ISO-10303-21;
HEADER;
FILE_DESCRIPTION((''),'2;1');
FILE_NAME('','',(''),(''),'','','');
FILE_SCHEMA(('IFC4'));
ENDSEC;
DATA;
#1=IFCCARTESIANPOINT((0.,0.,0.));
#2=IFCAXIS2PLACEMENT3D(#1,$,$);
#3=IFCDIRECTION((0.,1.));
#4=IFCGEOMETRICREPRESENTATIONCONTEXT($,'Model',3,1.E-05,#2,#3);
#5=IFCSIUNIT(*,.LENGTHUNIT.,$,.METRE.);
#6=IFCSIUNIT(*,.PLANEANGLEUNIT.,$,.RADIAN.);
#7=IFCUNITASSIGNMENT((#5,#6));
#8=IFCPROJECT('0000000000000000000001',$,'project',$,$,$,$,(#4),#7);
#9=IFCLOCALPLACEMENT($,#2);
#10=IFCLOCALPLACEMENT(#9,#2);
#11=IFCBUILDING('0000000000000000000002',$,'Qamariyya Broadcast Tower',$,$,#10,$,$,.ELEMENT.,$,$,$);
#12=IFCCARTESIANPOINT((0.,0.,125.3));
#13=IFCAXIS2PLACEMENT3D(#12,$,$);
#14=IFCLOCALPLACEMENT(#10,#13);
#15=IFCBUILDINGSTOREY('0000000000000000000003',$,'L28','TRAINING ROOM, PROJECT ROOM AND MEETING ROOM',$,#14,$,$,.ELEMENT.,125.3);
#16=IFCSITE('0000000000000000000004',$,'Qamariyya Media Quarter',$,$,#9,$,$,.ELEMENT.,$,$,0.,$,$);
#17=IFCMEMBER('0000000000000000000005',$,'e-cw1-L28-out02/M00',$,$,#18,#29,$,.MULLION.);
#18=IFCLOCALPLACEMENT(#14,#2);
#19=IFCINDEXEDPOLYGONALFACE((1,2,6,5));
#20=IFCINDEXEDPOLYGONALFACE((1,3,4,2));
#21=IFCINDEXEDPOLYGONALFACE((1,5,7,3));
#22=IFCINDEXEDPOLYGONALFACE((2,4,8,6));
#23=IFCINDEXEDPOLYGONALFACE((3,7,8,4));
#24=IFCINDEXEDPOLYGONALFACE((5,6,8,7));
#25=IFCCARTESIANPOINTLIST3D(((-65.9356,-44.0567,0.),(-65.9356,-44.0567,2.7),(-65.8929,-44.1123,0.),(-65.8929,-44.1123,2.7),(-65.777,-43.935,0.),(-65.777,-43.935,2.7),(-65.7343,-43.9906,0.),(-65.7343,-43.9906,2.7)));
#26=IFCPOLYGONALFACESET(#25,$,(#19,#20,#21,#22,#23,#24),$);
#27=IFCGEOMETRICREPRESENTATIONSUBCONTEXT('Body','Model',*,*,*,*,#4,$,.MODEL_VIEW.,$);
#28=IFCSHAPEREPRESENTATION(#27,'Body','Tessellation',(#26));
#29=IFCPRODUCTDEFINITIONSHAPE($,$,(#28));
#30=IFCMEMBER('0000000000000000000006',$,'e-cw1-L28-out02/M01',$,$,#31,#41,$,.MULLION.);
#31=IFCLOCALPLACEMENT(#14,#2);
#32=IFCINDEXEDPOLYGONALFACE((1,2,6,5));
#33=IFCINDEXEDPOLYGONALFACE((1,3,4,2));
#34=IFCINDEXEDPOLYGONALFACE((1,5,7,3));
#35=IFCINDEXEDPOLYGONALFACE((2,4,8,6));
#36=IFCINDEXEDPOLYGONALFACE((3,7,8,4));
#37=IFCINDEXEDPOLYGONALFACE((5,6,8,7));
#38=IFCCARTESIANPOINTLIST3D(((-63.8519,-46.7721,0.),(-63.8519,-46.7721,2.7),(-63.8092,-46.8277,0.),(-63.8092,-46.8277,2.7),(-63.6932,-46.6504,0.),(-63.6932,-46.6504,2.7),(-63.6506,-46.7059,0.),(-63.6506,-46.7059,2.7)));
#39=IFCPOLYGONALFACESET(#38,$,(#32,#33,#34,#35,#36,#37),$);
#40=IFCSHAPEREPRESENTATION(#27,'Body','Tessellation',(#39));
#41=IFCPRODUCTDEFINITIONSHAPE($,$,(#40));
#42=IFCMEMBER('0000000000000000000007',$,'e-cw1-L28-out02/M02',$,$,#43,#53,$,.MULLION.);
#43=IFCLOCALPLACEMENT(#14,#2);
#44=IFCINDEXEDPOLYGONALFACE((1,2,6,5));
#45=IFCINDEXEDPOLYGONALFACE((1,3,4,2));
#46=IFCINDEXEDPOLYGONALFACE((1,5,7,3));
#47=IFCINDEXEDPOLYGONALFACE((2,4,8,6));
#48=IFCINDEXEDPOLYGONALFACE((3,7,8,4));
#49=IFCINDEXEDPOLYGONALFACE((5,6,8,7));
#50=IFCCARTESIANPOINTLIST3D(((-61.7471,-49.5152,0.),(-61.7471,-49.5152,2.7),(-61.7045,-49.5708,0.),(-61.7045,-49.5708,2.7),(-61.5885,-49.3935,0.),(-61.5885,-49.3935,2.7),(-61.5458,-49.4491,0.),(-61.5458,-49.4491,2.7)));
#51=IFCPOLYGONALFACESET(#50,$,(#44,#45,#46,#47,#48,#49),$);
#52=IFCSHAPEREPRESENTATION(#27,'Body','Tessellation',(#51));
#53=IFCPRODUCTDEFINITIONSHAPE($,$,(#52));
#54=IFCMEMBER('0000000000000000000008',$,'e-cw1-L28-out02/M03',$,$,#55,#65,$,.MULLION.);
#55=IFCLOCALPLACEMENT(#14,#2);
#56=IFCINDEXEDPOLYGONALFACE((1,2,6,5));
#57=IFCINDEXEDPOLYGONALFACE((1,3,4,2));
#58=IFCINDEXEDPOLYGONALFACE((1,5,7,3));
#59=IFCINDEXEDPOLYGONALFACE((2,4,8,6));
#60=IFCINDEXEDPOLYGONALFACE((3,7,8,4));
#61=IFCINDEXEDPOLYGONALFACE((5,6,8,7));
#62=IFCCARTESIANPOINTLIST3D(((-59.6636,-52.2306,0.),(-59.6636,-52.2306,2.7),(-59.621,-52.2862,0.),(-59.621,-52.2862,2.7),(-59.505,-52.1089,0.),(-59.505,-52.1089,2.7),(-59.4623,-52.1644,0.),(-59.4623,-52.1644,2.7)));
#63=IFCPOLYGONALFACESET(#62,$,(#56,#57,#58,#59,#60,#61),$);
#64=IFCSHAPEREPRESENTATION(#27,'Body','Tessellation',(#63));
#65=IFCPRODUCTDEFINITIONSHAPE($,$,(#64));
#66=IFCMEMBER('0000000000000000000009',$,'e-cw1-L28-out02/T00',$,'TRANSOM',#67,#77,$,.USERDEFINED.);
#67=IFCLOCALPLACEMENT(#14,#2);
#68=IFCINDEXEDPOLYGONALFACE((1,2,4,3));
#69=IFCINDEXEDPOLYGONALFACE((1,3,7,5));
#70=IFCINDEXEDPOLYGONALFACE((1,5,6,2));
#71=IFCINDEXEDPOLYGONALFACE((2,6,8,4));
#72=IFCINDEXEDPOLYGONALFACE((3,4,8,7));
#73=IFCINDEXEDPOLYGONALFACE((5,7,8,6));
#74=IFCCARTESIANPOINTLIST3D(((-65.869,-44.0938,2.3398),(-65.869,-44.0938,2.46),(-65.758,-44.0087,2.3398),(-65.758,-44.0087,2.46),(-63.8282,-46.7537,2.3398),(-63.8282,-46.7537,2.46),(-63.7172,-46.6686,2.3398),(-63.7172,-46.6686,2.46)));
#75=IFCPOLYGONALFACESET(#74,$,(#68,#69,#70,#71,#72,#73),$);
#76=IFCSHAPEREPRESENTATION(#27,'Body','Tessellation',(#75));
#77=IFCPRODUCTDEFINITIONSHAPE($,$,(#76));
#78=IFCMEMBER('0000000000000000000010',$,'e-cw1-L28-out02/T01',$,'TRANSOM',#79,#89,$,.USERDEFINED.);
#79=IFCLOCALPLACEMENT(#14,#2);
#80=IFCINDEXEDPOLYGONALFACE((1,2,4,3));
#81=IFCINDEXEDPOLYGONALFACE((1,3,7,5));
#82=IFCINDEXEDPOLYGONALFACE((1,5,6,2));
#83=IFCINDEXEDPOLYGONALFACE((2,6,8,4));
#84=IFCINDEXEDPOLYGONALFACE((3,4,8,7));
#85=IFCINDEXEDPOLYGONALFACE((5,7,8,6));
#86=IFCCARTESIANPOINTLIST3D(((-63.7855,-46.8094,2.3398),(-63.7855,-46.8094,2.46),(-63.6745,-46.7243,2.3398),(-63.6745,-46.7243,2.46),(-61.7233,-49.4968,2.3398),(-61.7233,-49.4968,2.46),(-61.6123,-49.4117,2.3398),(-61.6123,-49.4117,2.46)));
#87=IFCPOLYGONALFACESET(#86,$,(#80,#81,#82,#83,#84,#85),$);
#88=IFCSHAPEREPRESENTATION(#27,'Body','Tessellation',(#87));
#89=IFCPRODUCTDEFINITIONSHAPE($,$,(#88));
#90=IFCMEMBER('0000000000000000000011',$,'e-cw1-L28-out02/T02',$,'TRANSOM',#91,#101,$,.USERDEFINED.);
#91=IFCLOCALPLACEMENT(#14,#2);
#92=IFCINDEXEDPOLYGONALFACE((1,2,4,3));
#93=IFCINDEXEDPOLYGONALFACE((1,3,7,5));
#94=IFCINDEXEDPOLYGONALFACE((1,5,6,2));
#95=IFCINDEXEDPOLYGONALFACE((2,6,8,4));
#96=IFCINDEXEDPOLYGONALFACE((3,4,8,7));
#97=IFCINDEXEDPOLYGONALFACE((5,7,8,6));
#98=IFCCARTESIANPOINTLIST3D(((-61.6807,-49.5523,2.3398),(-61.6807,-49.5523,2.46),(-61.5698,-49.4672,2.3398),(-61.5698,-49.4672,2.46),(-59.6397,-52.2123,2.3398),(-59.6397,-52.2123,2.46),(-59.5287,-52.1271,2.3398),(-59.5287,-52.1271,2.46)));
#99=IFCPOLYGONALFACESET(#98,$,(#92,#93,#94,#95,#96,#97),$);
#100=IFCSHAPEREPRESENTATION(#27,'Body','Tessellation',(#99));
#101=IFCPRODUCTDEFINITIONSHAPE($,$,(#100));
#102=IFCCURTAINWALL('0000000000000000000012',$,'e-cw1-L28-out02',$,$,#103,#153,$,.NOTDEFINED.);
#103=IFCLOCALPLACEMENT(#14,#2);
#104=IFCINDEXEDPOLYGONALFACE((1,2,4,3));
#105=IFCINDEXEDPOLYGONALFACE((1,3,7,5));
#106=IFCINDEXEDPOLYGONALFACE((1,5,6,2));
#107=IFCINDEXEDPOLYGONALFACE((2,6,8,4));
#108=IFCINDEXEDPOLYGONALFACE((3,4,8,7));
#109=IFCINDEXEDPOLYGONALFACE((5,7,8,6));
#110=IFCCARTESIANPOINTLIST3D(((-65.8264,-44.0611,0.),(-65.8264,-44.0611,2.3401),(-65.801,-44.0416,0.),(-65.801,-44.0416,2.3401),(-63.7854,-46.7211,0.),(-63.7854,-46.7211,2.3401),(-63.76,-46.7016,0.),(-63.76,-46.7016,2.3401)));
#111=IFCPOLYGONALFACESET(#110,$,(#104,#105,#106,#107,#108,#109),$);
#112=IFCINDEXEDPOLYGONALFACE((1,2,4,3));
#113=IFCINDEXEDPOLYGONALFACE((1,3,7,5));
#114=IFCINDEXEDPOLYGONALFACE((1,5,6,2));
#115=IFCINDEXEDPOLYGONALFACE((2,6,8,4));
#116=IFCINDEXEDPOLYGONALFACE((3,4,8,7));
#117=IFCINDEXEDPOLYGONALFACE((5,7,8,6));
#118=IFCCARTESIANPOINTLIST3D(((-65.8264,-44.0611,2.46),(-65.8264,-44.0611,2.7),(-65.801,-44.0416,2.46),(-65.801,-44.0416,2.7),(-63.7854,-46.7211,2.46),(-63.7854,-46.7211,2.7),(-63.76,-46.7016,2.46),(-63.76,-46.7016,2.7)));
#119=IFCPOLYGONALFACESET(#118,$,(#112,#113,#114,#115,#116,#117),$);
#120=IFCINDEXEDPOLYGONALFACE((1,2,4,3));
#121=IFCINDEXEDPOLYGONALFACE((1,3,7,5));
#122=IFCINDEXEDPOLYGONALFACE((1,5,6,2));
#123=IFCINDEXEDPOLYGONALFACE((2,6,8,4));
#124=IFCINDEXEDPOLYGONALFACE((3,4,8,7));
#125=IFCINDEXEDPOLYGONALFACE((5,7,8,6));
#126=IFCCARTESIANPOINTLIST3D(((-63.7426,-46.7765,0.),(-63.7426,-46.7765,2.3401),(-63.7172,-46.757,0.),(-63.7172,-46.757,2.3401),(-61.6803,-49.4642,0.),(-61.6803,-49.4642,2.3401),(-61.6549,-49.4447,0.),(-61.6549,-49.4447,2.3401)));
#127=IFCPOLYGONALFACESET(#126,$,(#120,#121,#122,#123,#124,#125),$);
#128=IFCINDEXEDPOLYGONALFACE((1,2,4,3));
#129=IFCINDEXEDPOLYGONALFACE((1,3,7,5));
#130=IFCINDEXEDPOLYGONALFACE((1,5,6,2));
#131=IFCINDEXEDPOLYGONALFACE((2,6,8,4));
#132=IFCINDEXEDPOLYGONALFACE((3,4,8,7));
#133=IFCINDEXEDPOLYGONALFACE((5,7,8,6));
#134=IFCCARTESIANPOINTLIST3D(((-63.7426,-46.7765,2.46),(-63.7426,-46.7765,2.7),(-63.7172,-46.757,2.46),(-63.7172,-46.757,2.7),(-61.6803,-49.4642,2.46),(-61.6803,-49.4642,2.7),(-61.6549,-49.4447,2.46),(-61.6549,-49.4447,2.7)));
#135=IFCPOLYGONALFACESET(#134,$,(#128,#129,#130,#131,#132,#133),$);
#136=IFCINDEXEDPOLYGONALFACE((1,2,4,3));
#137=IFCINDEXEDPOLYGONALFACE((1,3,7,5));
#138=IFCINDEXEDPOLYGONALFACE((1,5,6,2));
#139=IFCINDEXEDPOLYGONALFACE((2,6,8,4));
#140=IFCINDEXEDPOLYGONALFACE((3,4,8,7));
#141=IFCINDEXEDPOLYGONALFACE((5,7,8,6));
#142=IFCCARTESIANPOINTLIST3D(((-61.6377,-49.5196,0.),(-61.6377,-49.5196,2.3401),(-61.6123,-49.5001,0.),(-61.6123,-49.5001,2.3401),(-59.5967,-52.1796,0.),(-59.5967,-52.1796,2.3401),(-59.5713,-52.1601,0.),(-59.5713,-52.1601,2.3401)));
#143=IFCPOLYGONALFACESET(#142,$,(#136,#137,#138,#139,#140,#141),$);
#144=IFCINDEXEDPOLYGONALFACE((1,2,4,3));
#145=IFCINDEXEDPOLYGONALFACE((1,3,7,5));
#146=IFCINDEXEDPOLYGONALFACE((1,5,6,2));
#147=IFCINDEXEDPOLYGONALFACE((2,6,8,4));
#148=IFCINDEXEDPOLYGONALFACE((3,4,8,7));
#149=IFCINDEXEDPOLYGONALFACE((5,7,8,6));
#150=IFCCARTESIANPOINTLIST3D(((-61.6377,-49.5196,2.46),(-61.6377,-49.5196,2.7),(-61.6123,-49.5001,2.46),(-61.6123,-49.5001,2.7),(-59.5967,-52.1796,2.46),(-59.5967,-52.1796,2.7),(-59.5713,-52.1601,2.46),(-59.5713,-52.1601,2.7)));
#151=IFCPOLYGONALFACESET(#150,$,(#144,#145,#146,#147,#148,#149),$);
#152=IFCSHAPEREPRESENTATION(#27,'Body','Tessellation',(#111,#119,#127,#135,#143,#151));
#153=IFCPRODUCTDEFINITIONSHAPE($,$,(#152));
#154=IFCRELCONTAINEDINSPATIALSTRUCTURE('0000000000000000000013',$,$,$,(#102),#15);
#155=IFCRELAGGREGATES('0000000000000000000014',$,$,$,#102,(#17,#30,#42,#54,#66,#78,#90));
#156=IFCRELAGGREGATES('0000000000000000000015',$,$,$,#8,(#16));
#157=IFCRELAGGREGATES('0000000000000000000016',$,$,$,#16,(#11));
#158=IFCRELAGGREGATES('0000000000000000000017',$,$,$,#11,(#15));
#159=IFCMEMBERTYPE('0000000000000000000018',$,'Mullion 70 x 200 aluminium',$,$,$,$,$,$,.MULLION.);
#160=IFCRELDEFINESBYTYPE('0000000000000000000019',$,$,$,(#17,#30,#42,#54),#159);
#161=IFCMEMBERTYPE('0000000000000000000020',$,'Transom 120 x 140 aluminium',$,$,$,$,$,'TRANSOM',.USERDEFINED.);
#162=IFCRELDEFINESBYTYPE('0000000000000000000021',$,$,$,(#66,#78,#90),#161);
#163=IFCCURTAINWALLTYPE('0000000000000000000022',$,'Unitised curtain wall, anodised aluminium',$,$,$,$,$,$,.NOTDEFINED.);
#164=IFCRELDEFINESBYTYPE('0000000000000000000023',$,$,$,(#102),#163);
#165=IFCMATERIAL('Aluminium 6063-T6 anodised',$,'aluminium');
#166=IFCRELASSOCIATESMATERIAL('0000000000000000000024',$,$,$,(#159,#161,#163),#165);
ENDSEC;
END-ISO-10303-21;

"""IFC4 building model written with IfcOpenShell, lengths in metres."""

from ifc_helpers import new_model, si_unit, direction, frame, origin, origin_2d, place, context, subcontext, project, spatial, rectangle, extrude, material, material_profile, profile_set, type_object, element, aggregate, save


model = new_model("IFC4")

# Units and contexts
model_context = context("Model", 3, precision=1e-05, world=origin(), true_north=direction((0.0, 1.0)))
body_context = subcontext(model_context, "Body", "Model", "MODEL_VIEW")
ifc_project = project(units=[si_unit("LENGTHUNIT", "METRE"), si_unit("PLANEANGLEUNIT", "RADIAN")], contexts=[model_context])

# Members
ifc_material = material(Name="Aluminium 6063-T6 anodised", Category="aluminium")
ifc_material_profile_1 = material_profile(ifc_material, rectangle(XDim=0.2, YDim=0.0701, at=origin_2d()))
ifc_profile_set_1 = profile_set([ifc_material_profile_1], Name="Aluminium 6063-T6 anodised")
member_type_1 = type_object("IfcMemberType", Name="Mullion 70 x 200 aluminium", PredefinedType="MULLION", material=ifc_profile_set_1)
site_placement = place(None, origin())
building_placement = place(site_placement, origin())
storey_placement = place(building_placement, frame((0.0, 0.0, 125.3)))
member_1_placement = place(storey_placement, frame((-65.835, -44.0237, 0.0), z_axis=(0.0, 0.0, 1.0), x_axis=(0.793353, 0.608761, 0.0)))
member_1 = element("IfcMember", 1, at=member_1_placement, type_object=member_type_1, Name="e-cw1-L28-out02/M00", PredefinedType="MULLION", context=body_context, shape_type="SweptSolid", body=[
    extrude(rectangle(XDim=0.2, YDim=0.0701, at=origin_2d()), origin(), (0.0, 0.0, 1.0), 2.7),
])
member_2_placement = place(storey_placement, frame((-63.7512, -46.739, 0.0), z_axis=(0.0, 0.0, 1.0), x_axis=(0.793353, 0.608761, 0.0)))
member_2 = element("IfcMember", 2, at=member_2_placement, type_object=member_type_1, Name="e-cw1-L28-out02/M01", PredefinedType="MULLION", context=body_context, shape_type="SweptSolid", body=[
    extrude(rectangle(XDim=0.2, YDim=0.0701, at=origin_2d()), origin(), (0.0, 0.0, 1.0), 2.7),
])
member_3_placement = place(storey_placement, frame((-61.6465, -49.4822, 0.0), z_axis=(0.0, 0.0, 1.0), x_axis=(0.793353, 0.608761, 0.0)))
member_3 = element("IfcMember", 3, at=member_3_placement, type_object=member_type_1, Name="e-cw1-L28-out02/M02", PredefinedType="MULLION", context=body_context, shape_type="SweptSolid", body=[
    extrude(rectangle(XDim=0.2, YDim=0.0701, at=origin_2d()), origin(), (0.0, 0.0, 1.0), 2.7),
])
member_4_placement = place(storey_placement, frame((-59.563, -52.1975, 0.0), z_axis=(0.0, 0.0, 1.0), x_axis=(0.793353, 0.608761, 0.0)))
member_4 = element("IfcMember", 4, at=member_4_placement, type_object=member_type_1, Name="e-cw1-L28-out02/M03", PredefinedType="MULLION", context=body_context, shape_type="SweptSolid", body=[
    extrude(rectangle(XDim=0.2, YDim=0.0701, at=origin_2d()), origin(), (0.0, 0.0, 1.0), 2.7),
])
ifc_material_profile_2 = material_profile(ifc_material, rectangle(XDim=0.1399, YDim=0.1201, at=origin_2d()))
ifc_profile_set_2 = profile_set([ifc_material_profile_2], Name="Aluminium 6063-T6 anodised")
member_type_2 = type_object("IfcMemberType", Name="Transom 120 x 140 aluminium", ElementType="TRANSOM", PredefinedType="USERDEFINED", material=ifc_profile_set_2)
member_5_placement = place(storey_placement, frame((-65.8135, -44.0513, 2.3999), z_axis=(0.608714, -0.793389, 0.0), x_axis=(0.793389, 0.608714, 0.0)))
member_5 = element("IfcMember", 5, at=member_5_placement, type_object=member_type_2, Name="e-cw1-L28-out02/T00", ObjectType="TRANSOM", PredefinedType="USERDEFINED", context=body_context, shape_type="SweptSolid", body=[
    extrude(rectangle(XDim=0.1399, YDim=0.1201, at=origin_2d()), origin(), (0.0, 0.0, 1.0), 3.3525),
])
member_6_placement = place(storey_placement, frame((-63.73, -46.7668, 2.3999), z_axis=(0.608773, -0.793344, 0.0), x_axis=(0.793344, 0.608773, 0.0)))
member_6 = element("IfcMember", 6, at=member_6_placement, type_object=member_type_2, Name="e-cw1-L28-out02/T01", ObjectType="TRANSOM", PredefinedType="USERDEFINED", context=body_context, shape_type="SweptSolid", body=[
    extrude(rectangle(XDim=0.1399, YDim=0.1201, at=origin_2d()), origin(), (0.0, 0.0, 1.0), 3.3875),
])
member_7_placement = place(storey_placement, frame((-61.6252, -49.5098, 2.3999), z_axis=(0.60876, -0.793354, 0.0), x_axis=(0.793354, 0.60876, 0.0)))
member_7 = element("IfcMember", 7, at=member_7_placement, type_object=member_type_2, Name="e-cw1-L28-out02/T02", ObjectType="TRANSOM", PredefinedType="USERDEFINED", context=body_context, shape_type="SweptSolid", body=[
    extrude(rectangle(XDim=0.1399, YDim=0.1201, at=origin_2d()), origin(), (0.0, 0.0, 1.0), 3.3528),
])

# Site, building, storey
site = spatial("IfcSite", under=ifc_project, at=site_placement, Name="Qamariyya Media Quarter", CompositionType="ELEMENT", RefElevation=0.0)
building = spatial("IfcBuilding", under=site, at=building_placement, Name="Qamariyya Broadcast Tower", CompositionType="ELEMENT")
storey = spatial("IfcBuildingStorey", under=building, at=storey_placement, Name="L28", Description="TRAINING ROOM, PROJECT ROOM AND MEETING ROOM", CompositionType="ELEMENT", Elevation=125.3)

# Curtain wall
curtain_wall_type = type_object("IfcCurtainWallType", Name="Unitised curtain wall, anodised aluminium", PredefinedType="NOTDEFINED", material=ifc_material)
curtain_wall_1_placement = place(storey_placement, origin())
curtain_wall_1 = element("IfcCurtainWall", 8, at=curtain_wall_1_placement, inside=storey, type_object=curtain_wall_type, Name="e-cw1-L28-out02", PredefinedType="NOTDEFINED", context=body_context, shape_type="SweptSolid", body=[
    extrude(rectangle(XDim=3.3528, YDim=0.032, at=origin_2d()), frame((-64.7932, -45.3813, 0.0), x_axis=(0.608761, -0.793354, 0.0)), (0.0, 0.0, 1.0), 2.3401),
    extrude(rectangle(XDim=3.3528, YDim=0.032, at=origin_2d()), frame((-64.7932, -45.3813, 2.46), x_axis=(0.608761, -0.793354, 0.0)), (0.0, 0.0, 1.0), 0.24),
    extrude(rectangle(XDim=3.3877, YDim=0.032, at=origin_2d()), frame((-62.6987, -48.1106, 0.0), x_axis=(0.608761, -0.793354, 0.0)), (0.0, 0.0, 1.0), 2.3401),
    extrude(rectangle(XDim=3.3877, YDim=0.032, at=origin_2d()), frame((-62.6987, -48.1106, 2.46), x_axis=(0.608761, -0.793354, 0.0)), (0.0, 0.0, 1.0), 0.24),
    extrude(rectangle(XDim=3.3528, YDim=0.032, at=origin_2d()), frame((-60.6045, -50.8398, 0.0), x_axis=(0.608761, -0.793354, 0.0)), (0.0, 0.0, 1.0), 2.3401),
    extrude(rectangle(XDim=3.3528, YDim=0.032, at=origin_2d()), frame((-60.6045, -50.8398, 2.46), x_axis=(0.608761, -0.793354, 0.0)), (0.0, 0.0, 1.0), 0.24),
])
aggregate(curtain_wall_1, [member_1, member_2, member_3, member_4, member_5, member_6, member_7])

save(model, "model.ifc")
